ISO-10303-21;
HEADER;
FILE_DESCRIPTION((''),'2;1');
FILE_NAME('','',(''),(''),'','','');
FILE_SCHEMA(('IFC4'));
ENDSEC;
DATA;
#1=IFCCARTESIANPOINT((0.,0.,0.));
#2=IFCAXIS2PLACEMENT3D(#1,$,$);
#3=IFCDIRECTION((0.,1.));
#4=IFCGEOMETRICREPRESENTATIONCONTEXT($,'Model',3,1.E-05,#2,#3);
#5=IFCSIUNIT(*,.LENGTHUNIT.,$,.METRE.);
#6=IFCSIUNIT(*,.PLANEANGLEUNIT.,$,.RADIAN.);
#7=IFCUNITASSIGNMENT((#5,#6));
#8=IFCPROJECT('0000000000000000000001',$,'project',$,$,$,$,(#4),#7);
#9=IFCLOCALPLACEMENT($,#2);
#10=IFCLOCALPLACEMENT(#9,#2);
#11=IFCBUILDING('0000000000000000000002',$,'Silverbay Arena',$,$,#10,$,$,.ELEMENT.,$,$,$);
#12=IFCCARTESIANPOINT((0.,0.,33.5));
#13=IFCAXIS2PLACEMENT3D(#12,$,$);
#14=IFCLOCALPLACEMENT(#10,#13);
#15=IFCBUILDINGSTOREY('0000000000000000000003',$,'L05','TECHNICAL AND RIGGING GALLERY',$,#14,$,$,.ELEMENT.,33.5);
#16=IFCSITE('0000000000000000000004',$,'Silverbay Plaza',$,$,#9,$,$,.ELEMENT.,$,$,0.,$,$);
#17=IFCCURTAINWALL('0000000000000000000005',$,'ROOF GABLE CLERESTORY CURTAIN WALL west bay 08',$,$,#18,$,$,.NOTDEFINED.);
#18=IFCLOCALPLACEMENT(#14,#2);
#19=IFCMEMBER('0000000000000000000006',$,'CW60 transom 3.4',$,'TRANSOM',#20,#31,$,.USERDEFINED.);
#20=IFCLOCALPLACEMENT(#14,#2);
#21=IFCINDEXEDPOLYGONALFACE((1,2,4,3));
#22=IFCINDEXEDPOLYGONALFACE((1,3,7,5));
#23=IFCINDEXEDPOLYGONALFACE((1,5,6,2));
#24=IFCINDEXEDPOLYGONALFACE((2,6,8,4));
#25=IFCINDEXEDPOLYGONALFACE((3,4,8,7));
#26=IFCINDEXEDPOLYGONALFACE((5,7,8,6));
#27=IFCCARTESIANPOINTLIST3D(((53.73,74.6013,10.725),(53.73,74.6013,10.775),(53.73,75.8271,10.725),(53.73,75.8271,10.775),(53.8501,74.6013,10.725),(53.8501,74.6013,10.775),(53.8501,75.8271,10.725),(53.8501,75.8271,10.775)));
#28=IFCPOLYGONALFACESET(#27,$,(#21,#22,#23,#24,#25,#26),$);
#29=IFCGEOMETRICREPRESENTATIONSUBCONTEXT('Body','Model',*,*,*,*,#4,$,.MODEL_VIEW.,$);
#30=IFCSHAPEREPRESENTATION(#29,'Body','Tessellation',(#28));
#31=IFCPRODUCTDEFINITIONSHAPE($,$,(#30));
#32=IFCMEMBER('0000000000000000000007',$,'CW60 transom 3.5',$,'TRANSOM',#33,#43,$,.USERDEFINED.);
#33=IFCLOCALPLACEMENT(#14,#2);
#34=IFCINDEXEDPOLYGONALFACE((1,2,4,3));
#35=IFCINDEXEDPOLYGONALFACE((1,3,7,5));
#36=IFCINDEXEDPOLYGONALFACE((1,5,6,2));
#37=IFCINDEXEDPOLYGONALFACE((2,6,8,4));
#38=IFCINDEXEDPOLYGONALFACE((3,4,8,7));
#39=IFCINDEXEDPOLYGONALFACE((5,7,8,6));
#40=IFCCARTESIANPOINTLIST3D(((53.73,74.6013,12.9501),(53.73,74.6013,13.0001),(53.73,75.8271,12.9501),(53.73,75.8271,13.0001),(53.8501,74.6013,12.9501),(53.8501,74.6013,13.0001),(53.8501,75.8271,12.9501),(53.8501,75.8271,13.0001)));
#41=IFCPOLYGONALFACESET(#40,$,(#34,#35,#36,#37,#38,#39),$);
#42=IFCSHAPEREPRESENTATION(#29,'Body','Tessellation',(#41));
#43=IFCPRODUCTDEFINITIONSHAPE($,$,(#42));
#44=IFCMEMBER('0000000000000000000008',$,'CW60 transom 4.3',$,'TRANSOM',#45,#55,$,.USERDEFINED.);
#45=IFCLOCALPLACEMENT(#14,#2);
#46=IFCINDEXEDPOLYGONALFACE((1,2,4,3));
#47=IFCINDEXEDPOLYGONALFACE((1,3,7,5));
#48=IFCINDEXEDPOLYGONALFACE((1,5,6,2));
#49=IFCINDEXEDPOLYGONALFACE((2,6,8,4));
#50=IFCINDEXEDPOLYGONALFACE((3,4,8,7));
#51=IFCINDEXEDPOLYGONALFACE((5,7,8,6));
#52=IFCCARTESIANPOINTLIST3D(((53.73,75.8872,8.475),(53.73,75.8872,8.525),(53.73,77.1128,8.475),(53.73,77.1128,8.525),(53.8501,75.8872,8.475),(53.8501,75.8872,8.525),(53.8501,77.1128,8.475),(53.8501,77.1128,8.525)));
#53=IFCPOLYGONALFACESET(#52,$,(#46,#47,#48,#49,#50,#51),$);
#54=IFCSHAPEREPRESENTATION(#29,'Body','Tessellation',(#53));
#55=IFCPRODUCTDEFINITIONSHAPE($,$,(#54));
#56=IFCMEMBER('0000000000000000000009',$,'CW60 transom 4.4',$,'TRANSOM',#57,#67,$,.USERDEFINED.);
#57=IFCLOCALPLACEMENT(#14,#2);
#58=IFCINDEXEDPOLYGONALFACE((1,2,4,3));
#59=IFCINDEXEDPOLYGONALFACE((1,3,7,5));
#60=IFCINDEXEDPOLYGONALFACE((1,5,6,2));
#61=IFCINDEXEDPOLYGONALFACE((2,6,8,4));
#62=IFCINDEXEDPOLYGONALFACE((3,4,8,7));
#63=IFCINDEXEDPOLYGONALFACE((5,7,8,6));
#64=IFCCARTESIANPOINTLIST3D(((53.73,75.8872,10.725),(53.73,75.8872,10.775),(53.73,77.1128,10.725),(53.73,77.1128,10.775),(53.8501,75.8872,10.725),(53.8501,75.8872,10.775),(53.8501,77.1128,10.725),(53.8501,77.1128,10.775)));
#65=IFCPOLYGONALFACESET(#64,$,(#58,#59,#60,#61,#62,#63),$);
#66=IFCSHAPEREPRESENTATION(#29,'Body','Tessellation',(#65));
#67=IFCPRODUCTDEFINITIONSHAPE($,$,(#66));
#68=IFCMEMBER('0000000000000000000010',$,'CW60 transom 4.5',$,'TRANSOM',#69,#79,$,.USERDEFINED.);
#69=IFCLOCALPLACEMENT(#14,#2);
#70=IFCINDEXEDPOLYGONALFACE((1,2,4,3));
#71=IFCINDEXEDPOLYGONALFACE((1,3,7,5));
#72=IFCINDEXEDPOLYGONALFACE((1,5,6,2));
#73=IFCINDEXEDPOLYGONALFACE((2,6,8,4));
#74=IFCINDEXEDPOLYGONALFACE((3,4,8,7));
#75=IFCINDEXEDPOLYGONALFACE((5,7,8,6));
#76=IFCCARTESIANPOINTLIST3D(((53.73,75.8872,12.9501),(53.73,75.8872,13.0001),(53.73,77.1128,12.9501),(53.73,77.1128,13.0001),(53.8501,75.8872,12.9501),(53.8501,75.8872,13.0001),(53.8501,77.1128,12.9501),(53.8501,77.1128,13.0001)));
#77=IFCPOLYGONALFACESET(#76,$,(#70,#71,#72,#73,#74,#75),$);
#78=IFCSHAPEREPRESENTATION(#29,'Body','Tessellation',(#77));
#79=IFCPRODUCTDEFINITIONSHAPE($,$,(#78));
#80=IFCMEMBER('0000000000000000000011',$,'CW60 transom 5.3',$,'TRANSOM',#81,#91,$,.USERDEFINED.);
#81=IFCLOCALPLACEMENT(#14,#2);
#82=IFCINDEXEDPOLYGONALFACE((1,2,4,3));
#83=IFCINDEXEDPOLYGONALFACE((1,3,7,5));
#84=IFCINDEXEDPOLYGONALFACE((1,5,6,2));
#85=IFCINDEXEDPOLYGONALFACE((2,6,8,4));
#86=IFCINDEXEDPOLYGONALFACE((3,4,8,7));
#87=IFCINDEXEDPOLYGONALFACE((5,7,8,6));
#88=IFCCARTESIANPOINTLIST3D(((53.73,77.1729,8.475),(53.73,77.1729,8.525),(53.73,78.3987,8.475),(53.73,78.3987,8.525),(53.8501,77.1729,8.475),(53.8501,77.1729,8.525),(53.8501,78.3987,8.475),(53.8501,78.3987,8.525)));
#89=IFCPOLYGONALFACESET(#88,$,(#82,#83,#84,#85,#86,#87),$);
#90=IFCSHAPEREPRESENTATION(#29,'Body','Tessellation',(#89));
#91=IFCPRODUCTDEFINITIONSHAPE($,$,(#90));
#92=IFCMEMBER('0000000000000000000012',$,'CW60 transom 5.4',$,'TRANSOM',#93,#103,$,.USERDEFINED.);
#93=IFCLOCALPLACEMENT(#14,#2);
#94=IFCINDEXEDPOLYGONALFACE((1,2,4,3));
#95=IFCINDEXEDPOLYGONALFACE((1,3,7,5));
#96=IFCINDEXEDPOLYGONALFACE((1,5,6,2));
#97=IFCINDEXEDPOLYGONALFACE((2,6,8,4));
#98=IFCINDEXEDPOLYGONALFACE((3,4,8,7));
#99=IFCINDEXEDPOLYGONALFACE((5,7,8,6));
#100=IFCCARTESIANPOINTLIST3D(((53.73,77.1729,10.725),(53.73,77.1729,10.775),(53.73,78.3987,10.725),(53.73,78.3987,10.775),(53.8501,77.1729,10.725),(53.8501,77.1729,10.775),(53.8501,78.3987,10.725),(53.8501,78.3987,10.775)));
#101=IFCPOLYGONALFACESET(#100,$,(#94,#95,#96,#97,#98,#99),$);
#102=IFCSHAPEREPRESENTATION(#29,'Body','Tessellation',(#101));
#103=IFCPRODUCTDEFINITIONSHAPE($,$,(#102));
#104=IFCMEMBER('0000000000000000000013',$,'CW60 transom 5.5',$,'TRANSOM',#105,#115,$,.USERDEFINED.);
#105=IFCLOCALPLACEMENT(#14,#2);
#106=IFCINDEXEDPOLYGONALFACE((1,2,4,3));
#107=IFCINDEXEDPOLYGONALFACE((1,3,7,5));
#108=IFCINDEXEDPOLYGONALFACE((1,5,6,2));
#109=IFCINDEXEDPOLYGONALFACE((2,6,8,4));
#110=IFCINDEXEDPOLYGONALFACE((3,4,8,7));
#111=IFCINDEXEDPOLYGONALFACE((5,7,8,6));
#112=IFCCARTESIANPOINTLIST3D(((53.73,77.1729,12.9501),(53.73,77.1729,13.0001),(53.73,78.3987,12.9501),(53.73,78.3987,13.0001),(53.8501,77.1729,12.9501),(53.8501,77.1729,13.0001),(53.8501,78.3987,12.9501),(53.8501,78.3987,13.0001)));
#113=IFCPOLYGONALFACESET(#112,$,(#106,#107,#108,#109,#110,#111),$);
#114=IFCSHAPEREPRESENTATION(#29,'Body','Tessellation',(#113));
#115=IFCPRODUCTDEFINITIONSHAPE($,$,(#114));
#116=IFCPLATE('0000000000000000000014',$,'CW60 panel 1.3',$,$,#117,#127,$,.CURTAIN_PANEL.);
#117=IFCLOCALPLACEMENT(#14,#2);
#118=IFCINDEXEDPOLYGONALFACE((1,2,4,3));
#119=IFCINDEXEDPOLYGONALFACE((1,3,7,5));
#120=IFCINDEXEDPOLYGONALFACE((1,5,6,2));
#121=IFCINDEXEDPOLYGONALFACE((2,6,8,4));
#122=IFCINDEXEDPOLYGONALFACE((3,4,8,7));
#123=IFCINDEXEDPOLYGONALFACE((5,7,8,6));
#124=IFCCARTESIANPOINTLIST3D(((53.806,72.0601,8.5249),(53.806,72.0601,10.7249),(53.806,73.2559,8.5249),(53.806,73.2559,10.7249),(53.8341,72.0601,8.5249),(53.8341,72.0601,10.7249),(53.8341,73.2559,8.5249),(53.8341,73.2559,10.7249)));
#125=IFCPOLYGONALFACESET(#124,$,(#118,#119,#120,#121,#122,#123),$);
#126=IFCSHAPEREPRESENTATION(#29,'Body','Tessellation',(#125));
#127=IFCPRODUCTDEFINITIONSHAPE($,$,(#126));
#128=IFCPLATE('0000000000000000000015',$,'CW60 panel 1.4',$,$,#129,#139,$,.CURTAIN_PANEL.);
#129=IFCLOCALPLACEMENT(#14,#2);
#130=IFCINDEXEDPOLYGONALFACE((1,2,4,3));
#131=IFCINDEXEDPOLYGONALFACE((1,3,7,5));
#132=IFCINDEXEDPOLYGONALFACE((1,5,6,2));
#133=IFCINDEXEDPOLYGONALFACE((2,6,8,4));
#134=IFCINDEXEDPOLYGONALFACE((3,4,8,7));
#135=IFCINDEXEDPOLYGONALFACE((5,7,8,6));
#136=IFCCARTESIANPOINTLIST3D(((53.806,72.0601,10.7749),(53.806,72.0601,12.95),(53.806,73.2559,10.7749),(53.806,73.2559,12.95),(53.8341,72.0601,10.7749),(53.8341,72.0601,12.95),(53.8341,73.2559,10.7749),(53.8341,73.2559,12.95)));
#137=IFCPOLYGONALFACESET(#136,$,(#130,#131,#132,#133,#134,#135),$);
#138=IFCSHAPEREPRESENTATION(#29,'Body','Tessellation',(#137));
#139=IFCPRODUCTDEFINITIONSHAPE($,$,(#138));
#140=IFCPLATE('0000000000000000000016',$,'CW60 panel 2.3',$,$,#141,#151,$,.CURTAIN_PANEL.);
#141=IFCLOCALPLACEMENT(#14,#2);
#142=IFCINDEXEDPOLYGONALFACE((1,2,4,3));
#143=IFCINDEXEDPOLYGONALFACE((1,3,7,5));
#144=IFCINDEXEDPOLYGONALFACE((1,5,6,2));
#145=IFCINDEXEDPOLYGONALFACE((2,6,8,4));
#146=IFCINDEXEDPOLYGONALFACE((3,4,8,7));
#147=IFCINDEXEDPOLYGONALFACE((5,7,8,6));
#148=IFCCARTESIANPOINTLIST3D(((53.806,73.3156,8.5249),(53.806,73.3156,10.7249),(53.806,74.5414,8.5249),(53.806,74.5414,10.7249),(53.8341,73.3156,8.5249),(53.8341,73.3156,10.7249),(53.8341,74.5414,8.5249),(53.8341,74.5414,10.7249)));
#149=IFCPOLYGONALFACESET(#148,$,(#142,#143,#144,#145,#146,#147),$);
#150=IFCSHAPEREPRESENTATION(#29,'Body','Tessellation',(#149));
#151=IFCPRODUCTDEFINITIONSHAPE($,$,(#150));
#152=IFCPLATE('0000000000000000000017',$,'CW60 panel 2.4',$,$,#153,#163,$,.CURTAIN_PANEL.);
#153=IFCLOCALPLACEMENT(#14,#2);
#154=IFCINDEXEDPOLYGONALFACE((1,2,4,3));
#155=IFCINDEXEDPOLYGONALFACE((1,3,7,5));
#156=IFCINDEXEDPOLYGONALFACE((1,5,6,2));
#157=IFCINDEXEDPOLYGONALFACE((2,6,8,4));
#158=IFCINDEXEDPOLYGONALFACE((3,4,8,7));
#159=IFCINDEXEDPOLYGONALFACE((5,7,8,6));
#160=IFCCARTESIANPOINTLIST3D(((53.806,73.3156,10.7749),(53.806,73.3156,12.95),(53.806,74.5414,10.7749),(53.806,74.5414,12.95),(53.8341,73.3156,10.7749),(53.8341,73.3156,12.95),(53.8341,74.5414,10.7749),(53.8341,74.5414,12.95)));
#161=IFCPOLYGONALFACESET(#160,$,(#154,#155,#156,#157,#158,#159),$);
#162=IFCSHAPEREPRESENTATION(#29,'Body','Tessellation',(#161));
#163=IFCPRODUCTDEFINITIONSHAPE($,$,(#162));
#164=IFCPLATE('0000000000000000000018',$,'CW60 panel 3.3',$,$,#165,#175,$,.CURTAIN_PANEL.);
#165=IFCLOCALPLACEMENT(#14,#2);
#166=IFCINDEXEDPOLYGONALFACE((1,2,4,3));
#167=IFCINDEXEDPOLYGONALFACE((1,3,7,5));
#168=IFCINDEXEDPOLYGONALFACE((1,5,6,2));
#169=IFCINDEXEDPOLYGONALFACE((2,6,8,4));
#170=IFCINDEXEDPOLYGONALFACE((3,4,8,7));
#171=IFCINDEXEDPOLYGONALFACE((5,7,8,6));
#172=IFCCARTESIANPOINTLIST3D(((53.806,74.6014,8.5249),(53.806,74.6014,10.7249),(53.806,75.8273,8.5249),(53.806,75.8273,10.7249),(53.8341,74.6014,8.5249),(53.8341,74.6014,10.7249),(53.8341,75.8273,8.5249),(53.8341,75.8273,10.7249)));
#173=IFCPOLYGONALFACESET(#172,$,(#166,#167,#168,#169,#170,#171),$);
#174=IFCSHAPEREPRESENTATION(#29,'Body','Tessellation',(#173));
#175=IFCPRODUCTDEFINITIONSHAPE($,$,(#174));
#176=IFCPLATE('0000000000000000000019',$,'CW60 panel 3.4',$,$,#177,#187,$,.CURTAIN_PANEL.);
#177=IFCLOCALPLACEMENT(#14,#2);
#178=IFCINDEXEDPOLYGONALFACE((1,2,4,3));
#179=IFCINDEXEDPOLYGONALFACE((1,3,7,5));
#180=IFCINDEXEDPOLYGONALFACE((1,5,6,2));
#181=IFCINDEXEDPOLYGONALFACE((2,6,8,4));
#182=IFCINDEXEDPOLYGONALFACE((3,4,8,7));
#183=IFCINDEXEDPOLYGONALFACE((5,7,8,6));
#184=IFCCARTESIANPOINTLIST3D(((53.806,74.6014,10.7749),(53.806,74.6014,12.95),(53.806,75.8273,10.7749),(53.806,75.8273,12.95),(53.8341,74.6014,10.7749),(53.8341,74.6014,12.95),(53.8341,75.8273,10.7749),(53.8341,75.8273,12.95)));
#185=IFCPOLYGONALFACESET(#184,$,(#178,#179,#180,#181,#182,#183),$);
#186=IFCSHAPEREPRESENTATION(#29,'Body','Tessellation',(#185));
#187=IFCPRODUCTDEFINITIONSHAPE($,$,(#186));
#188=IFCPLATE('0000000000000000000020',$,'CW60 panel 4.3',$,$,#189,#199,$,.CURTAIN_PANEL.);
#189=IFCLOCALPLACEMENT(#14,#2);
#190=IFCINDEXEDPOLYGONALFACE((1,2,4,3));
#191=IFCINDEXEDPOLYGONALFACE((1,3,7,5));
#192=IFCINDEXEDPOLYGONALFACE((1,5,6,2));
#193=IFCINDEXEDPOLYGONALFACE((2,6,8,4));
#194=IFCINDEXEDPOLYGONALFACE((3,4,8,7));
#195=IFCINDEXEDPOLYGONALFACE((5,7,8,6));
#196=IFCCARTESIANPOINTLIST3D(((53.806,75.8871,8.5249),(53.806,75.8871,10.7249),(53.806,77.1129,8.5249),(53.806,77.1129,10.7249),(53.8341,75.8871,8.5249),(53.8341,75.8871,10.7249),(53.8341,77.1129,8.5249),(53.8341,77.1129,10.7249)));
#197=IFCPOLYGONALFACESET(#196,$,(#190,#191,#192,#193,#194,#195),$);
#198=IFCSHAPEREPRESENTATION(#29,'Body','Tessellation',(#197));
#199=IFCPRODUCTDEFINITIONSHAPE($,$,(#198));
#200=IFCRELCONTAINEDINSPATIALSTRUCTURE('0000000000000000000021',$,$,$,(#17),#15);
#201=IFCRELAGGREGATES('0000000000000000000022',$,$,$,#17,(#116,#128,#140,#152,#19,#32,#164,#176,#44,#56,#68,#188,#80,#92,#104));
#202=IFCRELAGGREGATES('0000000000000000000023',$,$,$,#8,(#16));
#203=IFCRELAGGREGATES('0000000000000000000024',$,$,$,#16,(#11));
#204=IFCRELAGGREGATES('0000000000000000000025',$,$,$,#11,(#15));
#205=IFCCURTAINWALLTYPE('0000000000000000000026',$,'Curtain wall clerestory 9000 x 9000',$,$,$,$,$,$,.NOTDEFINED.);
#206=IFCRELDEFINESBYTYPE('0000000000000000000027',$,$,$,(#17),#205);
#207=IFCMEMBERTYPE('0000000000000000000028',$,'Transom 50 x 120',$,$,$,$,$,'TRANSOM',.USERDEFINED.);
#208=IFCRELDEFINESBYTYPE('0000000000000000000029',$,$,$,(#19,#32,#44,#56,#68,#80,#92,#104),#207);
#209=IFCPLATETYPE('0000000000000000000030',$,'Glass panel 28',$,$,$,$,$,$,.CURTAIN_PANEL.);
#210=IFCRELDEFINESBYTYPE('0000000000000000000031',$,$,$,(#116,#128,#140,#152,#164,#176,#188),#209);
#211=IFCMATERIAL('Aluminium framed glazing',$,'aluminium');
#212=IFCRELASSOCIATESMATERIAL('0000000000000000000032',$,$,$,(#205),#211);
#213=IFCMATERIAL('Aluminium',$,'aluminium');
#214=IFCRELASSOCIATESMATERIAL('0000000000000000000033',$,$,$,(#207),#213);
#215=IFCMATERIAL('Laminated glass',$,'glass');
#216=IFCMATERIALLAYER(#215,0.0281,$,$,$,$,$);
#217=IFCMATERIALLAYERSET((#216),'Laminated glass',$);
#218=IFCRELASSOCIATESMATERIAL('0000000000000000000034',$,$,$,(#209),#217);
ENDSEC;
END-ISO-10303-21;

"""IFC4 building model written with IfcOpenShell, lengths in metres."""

from ifc_helpers import new_model, si_unit, direction, frame, origin, origin_2d, place, context, subcontext, project, spatial, rectangle, extrude, material, layer, layer_set, material_profile, profile_set, type_object, element, aggregate, save


model = new_model("IFC4")

# Units and contexts
model_context = context("Model", 3, precision=1e-05, world=origin(), true_north=direction((0.0, 1.0)))
body_context = subcontext(model_context, "Body", "Model", "MODEL_VIEW")
ifc_project = project(units=[si_unit("LENGTHUNIT", "METRE"), si_unit("PLANEANGLEUNIT", "RADIAN")], contexts=[model_context])

# Site, building, storey
site_placement = place(None, origin())
site = spatial("IfcSite", under=ifc_project, at=site_placement, Name="Silverbay Plaza", CompositionType="ELEMENT", RefElevation=0.0)
building_placement = place(site_placement, origin())
building = spatial("IfcBuilding", under=site, at=building_placement, Name="Silverbay Arena", CompositionType="ELEMENT")
storey_placement = place(building_placement, frame((0.0, 0.0, 33.5)))
storey = spatial("IfcBuildingStorey", under=building, at=storey_placement, Name="L05", Description="TECHNICAL AND RIGGING GALLERY", CompositionType="ELEMENT", Elevation=33.5)

# Curtain wall, members, plates
ifc_material_1 = material(Name="Aluminium framed glazing", Category="aluminium")
curtain_wall_type = type_object("IfcCurtainWallType", Name="Curtain wall clerestory 9000 x 9000", PredefinedType="NOTDEFINED", material=ifc_material_1)
curtain_wall_placement = place(storey_placement, origin())
curtain_wall = element("IfcCurtainWall", 1, at=curtain_wall_placement, inside=storey, type_object=curtain_wall_type, Name="ROOF GABLE CLERESTORY CURTAIN WALL west bay 08", PredefinedType="NOTDEFINED")
ifc_material_2 = material(Name="Aluminium", Category="aluminium")
ifc_material_profile_1 = material_profile(ifc_material_2, rectangle(XDim=0.1201, YDim=0.05, at=origin_2d()), Name="Transom 50 x 120")
ifc_profile_set_1 = profile_set([ifc_material_profile_1], Name="Aluminium")
member_type_1 = type_object("IfcMemberType", Name="Transom 50 x 120", ElementType="TRANSOM", PredefinedType="USERDEFINED", material=ifc_profile_set_1)
member_1_placement = place(storey_placement, frame((53.79, 74.6013, 10.75), z_axis=(0.0, 1.0, 0.0), x_axis=(-1.0, 0.0, 0.0)))
member_1 = element("IfcMember", 2, at=member_1_placement, type_object=member_type_1, Name="CW60 transom 3.4", ObjectType="TRANSOM", PredefinedType="USERDEFINED", context=body_context, shape_type="SweptSolid", body=[
    extrude(rectangle(XDim=0.1201, YDim=0.05, at=origin_2d()), origin(), (0.0, 0.0, 1.0), 1.2258),
])
member_2_placement = place(storey_placement, frame((53.79, 74.6013, 12.9751), z_axis=(0.0, 1.0, 0.0), x_axis=(-1.0, 0.0, 0.0)))
member_2 = element("IfcMember", 3, at=member_2_placement, type_object=member_type_1, Name="CW60 transom 3.5", ObjectType="TRANSOM", PredefinedType="USERDEFINED", context=body_context, shape_type="SweptSolid", body=[
    extrude(rectangle(XDim=0.1201, YDim=0.05, at=origin_2d()), origin(), (0.0, 0.0, 1.0), 1.2258),
])
member_3_placement = place(storey_placement, frame((53.79, 75.8872, 8.5), z_axis=(0.0, 1.0, 0.0), x_axis=(-1.0, 0.0, 0.0)))
member_3 = element("IfcMember", 4, at=member_3_placement, type_object=member_type_1, Name="CW60 transom 4.3", ObjectType="TRANSOM", PredefinedType="USERDEFINED", context=body_context, shape_type="SweptSolid", body=[
    extrude(rectangle(XDim=0.1201, YDim=0.05, at=origin_2d()), origin(), (0.0, 0.0, 1.0), 1.2256),
])
member_4_placement = place(storey_placement, frame((53.79, 75.8872, 10.75), z_axis=(0.0, 1.0, 0.0), x_axis=(-1.0, 0.0, 0.0)))
member_4 = element("IfcMember", 5, at=member_4_placement, type_object=member_type_1, Name="CW60 transom 4.4", ObjectType="TRANSOM", PredefinedType="USERDEFINED", context=body_context, shape_type="SweptSolid", body=[
    extrude(rectangle(XDim=0.1201, YDim=0.05, at=origin_2d()), origin(), (0.0, 0.0, 1.0), 1.2256),
])
member_5_placement = place(storey_placement, frame((53.79, 75.8872, 12.9751), z_axis=(0.0, 1.0, 0.0), x_axis=(-1.0, 0.0, 0.0)))
member_5 = element("IfcMember", 6, at=member_5_placement, type_object=member_type_1, Name="CW60 transom 4.5", ObjectType="TRANSOM", PredefinedType="USERDEFINED", context=body_context, shape_type="SweptSolid", body=[
    extrude(rectangle(XDim=0.1201, YDim=0.05, at=origin_2d()), origin(), (0.0, 0.0, 1.0), 1.2256),
])
member_6_placement = place(storey_placement, frame((53.79, 77.1729, 8.5), z_axis=(0.0, 1.0, 0.0), x_axis=(-1.0, 0.0, 0.0)))
member_6 = element("IfcMember", 7, at=member_6_placement, type_object=member_type_1, Name="CW60 transom 5.3", ObjectType="TRANSOM", PredefinedType="USERDEFINED", context=body_context, shape_type="SweptSolid", body=[
    extrude(rectangle(XDim=0.1201, YDim=0.05, at=origin_2d()), origin(), (0.0, 0.0, 1.0), 1.2258),
])
member_7_placement = place(storey_placement, frame((53.79, 77.1729, 10.75), z_axis=(0.0, 1.0, 0.0), x_axis=(-1.0, 0.0, 0.0)))
member_7 = element("IfcMember", 8, at=member_7_placement, type_object=member_type_1, Name="CW60 transom 5.4", ObjectType="TRANSOM", PredefinedType="USERDEFINED", context=body_context, shape_type="SweptSolid", body=[
    extrude(rectangle(XDim=0.1201, YDim=0.05, at=origin_2d()), origin(), (0.0, 0.0, 1.0), 1.2258),
])
member_8_placement = place(storey_placement, frame((53.79, 77.1729, 12.9751), z_axis=(0.0, 1.0, 0.0), x_axis=(-1.0, 0.0, 0.0)))
member_8 = element("IfcMember", 9, at=member_8_placement, type_object=member_type_1, Name="CW60 transom 5.5", ObjectType="TRANSOM", PredefinedType="USERDEFINED", context=body_context, shape_type="SweptSolid", body=[
    extrude(rectangle(XDim=0.1201, YDim=0.05, at=origin_2d()), origin(), (0.0, 0.0, 1.0), 1.2258),
])
ifc_material_3 = material(Name="Laminated glass", Category="glass")
ifc_layer = layer(ifc_material_3, 0.0281)
ifc_layer_set = layer_set([ifc_layer], Name="Laminated glass")
plate_type = type_object("IfcPlateType", Name="Glass panel 28", PredefinedType="CURTAIN_PANEL", material=ifc_layer_set)
plate_1_placement = place(storey_placement, frame((53.8201, 72.658, 8.5249), z_axis=(0.0, 0.0, 1.0), x_axis=(0.0, 1.0, 0.0)))
plate_1 = element("IfcPlate", 10, at=plate_1_placement, type_object=plate_type, Name="CW60 panel 1.3", PredefinedType="CURTAIN_PANEL", context=body_context, shape_type="SweptSolid", body=[
    extrude(rectangle(XDim=1.1958, YDim=0.0281, at=origin_2d()), origin(), (0.0, 0.0, 1.0), 2.2),
])
plate_2_placement = place(storey_placement, frame((53.8201, 72.658, 10.7749), z_axis=(0.0, 0.0, 1.0), x_axis=(0.0, 1.0, 0.0)))
plate_2 = element("IfcPlate", 11, at=plate_2_placement, type_object=plate_type, Name="CW60 panel 1.4", PredefinedType="CURTAIN_PANEL", context=body_context, shape_type="SweptSolid", body=[
    extrude(rectangle(XDim=1.1958, YDim=0.0281, at=origin_2d()), origin(), (0.0, 0.0, 1.0), 2.175),
])
plate_3_placement = place(storey_placement, frame((53.8201, 73.9285, 8.5249), z_axis=(0.0, 0.0, 1.0), x_axis=(0.0, 1.0, 0.0)))
plate_3 = element("IfcPlate", 12, at=plate_3_placement, type_object=plate_type, Name="CW60 panel 2.3", PredefinedType="CURTAIN_PANEL", context=body_context, shape_type="SweptSolid", body=[
    extrude(rectangle(XDim=1.2258, YDim=0.0281, at=origin_2d()), origin(), (0.0, 0.0, 1.0), 2.2),
])
plate_4_placement = place(storey_placement, frame((53.8201, 73.9285, 10.7749), z_axis=(0.0, 0.0, 1.0), x_axis=(0.0, 1.0, 0.0)))
plate_4 = element("IfcPlate", 13, at=plate_4_placement, type_object=plate_type, Name="CW60 panel 2.4", PredefinedType="CURTAIN_PANEL", context=body_context, shape_type="SweptSolid", body=[
    extrude(rectangle(XDim=1.2258, YDim=0.0281, at=origin_2d()), origin(), (0.0, 0.0, 1.0), 2.175),
])
plate_5_placement = place(storey_placement, frame((53.8201, 75.2144, 8.5249), z_axis=(0.0, 0.0, 1.0), x_axis=(0.0, 1.0, 0.0)))
plate_5 = element("IfcPlate", 14, at=plate_5_placement, type_object=plate_type, Name="CW60 panel 3.3", PredefinedType="CURTAIN_PANEL", context=body_context, shape_type="SweptSolid", body=[
    extrude(rectangle(XDim=1.2258, YDim=0.0281, at=origin_2d()), origin(), (0.0, 0.0, 1.0), 2.2),
])
plate_6_placement = place(storey_placement, frame((53.8201, 75.2144, 10.7749), z_axis=(0.0, 0.0, 1.0), x_axis=(0.0, 1.0, 0.0)))
plate_6 = element("IfcPlate", 15, at=plate_6_placement, type_object=plate_type, Name="CW60 panel 3.4", PredefinedType="CURTAIN_PANEL", context=body_context, shape_type="SweptSolid", body=[
    extrude(rectangle(XDim=1.2258, YDim=0.0281, at=origin_2d()), origin(), (0.0, 0.0, 1.0), 2.175),
])
plate_7_placement = place(storey_placement, frame((53.8201, 76.5, 8.5249), z_axis=(0.0, 0.0, 1.0), x_axis=(0.0, 1.0, 0.0)))
plate_7 = element("IfcPlate", 16, at=plate_7_placement, type_object=plate_type, Name="CW60 panel 4.3", PredefinedType="CURTAIN_PANEL", context=body_context, shape_type="SweptSolid", body=[
    extrude(rectangle(XDim=1.2258, YDim=0.0281, at=origin_2d()), origin(), (0.0, 0.0, 1.0), 2.2),
])
aggregate(curtain_wall, [plate_1, plate_2, plate_3, plate_4, member_1, member_2, plate_5, plate_6, member_3, member_4, member_5, plate_7, member_6, member_7, member_8])

save(model, "model.ifc")
